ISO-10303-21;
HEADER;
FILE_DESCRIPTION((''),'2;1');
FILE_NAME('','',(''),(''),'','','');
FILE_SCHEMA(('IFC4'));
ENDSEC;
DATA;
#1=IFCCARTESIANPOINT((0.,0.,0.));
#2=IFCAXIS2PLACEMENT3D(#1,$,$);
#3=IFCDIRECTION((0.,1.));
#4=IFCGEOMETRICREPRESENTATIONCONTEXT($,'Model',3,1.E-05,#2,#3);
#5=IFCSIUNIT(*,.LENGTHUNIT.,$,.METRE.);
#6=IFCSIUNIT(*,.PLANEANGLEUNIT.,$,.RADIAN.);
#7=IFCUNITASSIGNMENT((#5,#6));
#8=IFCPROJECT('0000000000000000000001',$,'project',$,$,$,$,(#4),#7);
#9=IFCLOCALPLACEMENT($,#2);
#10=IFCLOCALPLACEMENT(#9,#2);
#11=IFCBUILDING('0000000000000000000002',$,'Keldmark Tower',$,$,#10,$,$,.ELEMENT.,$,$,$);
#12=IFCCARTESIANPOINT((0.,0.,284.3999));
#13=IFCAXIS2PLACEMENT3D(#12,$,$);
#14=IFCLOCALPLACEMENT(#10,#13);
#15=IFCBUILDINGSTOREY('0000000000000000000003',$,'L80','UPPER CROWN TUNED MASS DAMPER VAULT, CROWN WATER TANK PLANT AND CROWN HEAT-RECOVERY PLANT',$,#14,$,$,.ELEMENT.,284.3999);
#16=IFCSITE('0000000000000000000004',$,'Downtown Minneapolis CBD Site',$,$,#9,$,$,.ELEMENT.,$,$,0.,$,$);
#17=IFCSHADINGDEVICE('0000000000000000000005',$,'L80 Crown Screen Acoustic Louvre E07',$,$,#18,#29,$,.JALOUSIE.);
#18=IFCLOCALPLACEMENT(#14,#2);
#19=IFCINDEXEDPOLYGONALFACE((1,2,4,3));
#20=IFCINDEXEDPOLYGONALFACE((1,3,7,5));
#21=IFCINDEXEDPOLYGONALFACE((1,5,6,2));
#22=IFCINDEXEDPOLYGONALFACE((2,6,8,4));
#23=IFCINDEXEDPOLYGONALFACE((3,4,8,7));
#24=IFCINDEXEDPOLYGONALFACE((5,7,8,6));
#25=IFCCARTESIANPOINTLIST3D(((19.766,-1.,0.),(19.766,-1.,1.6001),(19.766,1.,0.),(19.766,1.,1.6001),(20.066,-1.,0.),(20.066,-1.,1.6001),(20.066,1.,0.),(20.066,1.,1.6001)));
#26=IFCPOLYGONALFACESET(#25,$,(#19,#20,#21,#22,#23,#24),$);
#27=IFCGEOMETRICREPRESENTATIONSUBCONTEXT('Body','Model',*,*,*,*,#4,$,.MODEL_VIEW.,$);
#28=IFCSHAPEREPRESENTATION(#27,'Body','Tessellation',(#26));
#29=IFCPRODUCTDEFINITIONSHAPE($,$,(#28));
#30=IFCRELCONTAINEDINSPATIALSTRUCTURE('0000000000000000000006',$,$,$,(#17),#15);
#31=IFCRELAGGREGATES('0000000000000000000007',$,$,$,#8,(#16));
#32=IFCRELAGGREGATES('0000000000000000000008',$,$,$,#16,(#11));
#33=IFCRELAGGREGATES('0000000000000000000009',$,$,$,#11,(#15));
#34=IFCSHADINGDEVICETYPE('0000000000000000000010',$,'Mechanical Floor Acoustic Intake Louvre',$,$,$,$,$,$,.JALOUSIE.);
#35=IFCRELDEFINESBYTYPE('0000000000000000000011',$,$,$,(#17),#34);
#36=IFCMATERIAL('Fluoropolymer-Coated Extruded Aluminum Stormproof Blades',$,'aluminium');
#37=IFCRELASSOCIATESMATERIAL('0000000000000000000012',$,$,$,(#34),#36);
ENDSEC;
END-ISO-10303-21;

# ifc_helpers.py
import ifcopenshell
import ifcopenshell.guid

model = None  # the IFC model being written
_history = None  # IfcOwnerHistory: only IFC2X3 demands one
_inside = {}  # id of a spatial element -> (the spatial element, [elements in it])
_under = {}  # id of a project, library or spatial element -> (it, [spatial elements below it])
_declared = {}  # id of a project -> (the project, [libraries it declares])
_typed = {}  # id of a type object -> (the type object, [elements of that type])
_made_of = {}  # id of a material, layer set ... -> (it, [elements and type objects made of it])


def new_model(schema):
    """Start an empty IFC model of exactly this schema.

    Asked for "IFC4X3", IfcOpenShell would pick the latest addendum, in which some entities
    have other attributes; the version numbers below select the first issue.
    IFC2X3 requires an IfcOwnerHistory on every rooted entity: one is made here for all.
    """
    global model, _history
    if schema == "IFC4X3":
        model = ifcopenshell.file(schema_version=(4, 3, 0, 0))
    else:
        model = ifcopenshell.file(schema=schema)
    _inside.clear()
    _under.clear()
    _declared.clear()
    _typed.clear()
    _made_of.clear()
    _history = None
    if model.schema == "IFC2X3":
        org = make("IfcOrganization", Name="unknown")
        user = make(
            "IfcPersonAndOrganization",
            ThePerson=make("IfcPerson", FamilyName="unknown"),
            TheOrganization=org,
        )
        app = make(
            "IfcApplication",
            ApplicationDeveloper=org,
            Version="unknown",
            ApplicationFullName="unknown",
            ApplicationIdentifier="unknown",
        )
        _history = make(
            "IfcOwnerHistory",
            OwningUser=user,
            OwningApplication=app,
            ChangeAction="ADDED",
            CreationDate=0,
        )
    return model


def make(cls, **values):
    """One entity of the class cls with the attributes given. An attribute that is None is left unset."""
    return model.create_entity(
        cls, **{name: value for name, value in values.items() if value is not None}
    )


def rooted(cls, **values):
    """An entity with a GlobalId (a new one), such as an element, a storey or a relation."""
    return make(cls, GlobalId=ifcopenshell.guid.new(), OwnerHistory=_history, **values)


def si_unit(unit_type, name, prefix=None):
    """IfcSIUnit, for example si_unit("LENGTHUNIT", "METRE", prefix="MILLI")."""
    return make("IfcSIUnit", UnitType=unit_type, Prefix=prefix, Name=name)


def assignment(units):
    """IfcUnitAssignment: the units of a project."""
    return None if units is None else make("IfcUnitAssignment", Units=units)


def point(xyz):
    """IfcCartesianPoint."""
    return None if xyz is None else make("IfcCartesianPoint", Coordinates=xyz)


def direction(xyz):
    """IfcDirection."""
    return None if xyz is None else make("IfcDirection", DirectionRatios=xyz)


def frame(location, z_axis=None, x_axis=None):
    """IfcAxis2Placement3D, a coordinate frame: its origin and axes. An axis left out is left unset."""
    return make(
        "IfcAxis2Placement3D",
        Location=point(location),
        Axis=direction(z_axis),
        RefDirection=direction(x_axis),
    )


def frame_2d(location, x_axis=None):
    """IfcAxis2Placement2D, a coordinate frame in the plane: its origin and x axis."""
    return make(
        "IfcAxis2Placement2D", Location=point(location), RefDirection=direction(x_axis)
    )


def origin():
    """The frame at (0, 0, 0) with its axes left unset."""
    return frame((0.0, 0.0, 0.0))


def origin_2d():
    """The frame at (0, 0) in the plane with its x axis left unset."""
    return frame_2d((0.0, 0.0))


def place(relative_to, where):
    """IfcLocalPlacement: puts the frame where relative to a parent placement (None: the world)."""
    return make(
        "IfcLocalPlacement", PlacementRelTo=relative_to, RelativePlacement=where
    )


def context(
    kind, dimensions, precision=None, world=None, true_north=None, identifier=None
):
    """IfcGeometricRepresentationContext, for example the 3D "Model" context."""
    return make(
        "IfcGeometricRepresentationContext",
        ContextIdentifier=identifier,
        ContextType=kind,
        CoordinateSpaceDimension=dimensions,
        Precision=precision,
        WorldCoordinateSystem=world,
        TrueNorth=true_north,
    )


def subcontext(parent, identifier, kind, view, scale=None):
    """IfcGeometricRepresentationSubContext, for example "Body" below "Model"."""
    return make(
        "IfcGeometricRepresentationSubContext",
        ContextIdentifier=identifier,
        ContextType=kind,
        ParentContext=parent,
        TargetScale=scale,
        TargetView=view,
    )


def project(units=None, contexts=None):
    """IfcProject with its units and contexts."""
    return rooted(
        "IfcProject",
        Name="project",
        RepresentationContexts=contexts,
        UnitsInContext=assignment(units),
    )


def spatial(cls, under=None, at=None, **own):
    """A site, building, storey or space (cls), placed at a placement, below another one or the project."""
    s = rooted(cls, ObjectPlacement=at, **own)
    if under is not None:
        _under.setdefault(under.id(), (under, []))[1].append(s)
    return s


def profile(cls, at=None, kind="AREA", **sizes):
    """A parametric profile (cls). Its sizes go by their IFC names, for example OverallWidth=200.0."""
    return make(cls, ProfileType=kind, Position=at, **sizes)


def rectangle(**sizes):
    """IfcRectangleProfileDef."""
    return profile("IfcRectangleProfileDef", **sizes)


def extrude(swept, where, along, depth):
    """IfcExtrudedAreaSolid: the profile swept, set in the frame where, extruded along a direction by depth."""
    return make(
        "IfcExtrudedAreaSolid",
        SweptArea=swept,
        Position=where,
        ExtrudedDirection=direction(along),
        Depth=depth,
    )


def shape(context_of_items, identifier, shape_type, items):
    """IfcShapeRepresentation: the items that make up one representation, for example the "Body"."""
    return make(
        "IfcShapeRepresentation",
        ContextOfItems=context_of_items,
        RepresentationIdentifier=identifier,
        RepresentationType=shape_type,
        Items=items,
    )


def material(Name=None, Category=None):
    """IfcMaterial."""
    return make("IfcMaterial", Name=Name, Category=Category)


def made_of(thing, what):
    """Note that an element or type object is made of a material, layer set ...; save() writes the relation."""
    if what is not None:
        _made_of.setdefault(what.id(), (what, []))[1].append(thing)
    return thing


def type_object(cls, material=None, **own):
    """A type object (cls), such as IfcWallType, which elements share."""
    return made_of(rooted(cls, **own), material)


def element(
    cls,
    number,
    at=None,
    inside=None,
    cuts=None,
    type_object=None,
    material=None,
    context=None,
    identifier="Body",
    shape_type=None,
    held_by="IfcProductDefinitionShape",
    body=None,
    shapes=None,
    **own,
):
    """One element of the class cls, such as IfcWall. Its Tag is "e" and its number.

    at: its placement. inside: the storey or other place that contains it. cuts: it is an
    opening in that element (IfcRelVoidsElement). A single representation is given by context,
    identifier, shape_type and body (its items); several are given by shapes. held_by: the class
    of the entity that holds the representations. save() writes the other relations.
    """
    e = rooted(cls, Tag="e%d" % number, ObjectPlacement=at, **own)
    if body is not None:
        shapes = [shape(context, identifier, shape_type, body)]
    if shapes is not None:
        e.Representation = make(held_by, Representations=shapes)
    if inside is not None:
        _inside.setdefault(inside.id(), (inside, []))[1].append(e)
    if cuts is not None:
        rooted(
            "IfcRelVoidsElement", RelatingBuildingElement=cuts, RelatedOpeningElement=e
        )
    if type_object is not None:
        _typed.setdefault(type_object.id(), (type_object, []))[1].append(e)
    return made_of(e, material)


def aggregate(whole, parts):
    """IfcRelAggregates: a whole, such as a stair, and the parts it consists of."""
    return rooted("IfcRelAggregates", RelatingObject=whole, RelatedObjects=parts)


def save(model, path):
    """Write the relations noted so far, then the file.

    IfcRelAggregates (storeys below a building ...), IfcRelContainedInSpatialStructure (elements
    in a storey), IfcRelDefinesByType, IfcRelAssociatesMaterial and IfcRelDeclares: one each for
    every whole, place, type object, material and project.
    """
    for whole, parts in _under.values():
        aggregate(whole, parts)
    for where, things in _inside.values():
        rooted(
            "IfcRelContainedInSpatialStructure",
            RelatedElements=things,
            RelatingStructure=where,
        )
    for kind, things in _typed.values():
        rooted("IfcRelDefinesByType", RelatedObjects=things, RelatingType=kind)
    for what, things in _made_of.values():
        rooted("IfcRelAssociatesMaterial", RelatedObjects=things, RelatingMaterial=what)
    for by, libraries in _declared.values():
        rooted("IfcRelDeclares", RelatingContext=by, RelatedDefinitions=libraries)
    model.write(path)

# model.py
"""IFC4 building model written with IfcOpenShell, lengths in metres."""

from ifc_helpers import new_model, si_unit, direction, frame, origin, origin_2d, place, context, subcontext, project, spatial, rectangle, extrude, material, type_object, element, save


model = new_model("IFC4")

# Units and contexts
model_context = context("Model", 3, precision=1e-05, world=origin(), true_north=direction((0.0, 1.0)))
body_context = subcontext(model_context, "Body", "Model", "MODEL_VIEW")
ifc_project = project(units=[si_unit("LENGTHUNIT", "METRE"), si_unit("PLANEANGLEUNIT", "RADIAN")], contexts=[model_context])

# Site, building, storey
site_placement = place(None, origin())
site = spatial("IfcSite", under=ifc_project, at=site_placement, Name="Downtown Minneapolis CBD Site", CompositionType="ELEMENT", RefElevation=0.0)
building_placement = place(site_placement, origin())
building = spatial("IfcBuilding", under=site, at=building_placement, Name="Keldmark Tower", CompositionType="ELEMENT")
storey_placement = place(building_placement, frame((0.0, 0.0, 284.3999)))
storey = spatial("IfcBuildingStorey", under=building, at=storey_placement, Name="L80", Description="UPPER CROWN TUNED MASS DAMPER VAULT, CROWN WATER TANK PLANT AND CROWN HEAT-RECOVERY PLANT", CompositionType="ELEMENT", Elevation=284.3999)

# Shading device
ifc_material_1 = material(Name="Fluoropolymer-Coated Extruded Aluminum Stormproof Blades", Category="aluminium")
shading_device_type = type_object("IfcShadingDeviceType", Name="Mechanical Floor Acoustic Intake Louvre", PredefinedType="JALOUSIE", material=ifc_material_1)
shading_device_placement = place(storey_placement, frame((19.916, 0.0, 0.0), z_axis=(0.0, 0.0, 1.0), x_axis=(0.0, 1.0, 0.0)))
element("IfcShadingDevice", 1, at=shading_device_placement, inside=storey, type_object=shading_device_type, Name="L80 Crown Screen Acoustic Louvre E07", PredefinedType="JALOUSIE", context=body_context, shape_type="SweptSolid", body=[
    extrude(rectangle(XDim=2.0, YDim=0.3, at=origin_2d()), origin(), (0.0, 0.0, 1.0), 1.6001),
])

save(model, "model.ifc")
